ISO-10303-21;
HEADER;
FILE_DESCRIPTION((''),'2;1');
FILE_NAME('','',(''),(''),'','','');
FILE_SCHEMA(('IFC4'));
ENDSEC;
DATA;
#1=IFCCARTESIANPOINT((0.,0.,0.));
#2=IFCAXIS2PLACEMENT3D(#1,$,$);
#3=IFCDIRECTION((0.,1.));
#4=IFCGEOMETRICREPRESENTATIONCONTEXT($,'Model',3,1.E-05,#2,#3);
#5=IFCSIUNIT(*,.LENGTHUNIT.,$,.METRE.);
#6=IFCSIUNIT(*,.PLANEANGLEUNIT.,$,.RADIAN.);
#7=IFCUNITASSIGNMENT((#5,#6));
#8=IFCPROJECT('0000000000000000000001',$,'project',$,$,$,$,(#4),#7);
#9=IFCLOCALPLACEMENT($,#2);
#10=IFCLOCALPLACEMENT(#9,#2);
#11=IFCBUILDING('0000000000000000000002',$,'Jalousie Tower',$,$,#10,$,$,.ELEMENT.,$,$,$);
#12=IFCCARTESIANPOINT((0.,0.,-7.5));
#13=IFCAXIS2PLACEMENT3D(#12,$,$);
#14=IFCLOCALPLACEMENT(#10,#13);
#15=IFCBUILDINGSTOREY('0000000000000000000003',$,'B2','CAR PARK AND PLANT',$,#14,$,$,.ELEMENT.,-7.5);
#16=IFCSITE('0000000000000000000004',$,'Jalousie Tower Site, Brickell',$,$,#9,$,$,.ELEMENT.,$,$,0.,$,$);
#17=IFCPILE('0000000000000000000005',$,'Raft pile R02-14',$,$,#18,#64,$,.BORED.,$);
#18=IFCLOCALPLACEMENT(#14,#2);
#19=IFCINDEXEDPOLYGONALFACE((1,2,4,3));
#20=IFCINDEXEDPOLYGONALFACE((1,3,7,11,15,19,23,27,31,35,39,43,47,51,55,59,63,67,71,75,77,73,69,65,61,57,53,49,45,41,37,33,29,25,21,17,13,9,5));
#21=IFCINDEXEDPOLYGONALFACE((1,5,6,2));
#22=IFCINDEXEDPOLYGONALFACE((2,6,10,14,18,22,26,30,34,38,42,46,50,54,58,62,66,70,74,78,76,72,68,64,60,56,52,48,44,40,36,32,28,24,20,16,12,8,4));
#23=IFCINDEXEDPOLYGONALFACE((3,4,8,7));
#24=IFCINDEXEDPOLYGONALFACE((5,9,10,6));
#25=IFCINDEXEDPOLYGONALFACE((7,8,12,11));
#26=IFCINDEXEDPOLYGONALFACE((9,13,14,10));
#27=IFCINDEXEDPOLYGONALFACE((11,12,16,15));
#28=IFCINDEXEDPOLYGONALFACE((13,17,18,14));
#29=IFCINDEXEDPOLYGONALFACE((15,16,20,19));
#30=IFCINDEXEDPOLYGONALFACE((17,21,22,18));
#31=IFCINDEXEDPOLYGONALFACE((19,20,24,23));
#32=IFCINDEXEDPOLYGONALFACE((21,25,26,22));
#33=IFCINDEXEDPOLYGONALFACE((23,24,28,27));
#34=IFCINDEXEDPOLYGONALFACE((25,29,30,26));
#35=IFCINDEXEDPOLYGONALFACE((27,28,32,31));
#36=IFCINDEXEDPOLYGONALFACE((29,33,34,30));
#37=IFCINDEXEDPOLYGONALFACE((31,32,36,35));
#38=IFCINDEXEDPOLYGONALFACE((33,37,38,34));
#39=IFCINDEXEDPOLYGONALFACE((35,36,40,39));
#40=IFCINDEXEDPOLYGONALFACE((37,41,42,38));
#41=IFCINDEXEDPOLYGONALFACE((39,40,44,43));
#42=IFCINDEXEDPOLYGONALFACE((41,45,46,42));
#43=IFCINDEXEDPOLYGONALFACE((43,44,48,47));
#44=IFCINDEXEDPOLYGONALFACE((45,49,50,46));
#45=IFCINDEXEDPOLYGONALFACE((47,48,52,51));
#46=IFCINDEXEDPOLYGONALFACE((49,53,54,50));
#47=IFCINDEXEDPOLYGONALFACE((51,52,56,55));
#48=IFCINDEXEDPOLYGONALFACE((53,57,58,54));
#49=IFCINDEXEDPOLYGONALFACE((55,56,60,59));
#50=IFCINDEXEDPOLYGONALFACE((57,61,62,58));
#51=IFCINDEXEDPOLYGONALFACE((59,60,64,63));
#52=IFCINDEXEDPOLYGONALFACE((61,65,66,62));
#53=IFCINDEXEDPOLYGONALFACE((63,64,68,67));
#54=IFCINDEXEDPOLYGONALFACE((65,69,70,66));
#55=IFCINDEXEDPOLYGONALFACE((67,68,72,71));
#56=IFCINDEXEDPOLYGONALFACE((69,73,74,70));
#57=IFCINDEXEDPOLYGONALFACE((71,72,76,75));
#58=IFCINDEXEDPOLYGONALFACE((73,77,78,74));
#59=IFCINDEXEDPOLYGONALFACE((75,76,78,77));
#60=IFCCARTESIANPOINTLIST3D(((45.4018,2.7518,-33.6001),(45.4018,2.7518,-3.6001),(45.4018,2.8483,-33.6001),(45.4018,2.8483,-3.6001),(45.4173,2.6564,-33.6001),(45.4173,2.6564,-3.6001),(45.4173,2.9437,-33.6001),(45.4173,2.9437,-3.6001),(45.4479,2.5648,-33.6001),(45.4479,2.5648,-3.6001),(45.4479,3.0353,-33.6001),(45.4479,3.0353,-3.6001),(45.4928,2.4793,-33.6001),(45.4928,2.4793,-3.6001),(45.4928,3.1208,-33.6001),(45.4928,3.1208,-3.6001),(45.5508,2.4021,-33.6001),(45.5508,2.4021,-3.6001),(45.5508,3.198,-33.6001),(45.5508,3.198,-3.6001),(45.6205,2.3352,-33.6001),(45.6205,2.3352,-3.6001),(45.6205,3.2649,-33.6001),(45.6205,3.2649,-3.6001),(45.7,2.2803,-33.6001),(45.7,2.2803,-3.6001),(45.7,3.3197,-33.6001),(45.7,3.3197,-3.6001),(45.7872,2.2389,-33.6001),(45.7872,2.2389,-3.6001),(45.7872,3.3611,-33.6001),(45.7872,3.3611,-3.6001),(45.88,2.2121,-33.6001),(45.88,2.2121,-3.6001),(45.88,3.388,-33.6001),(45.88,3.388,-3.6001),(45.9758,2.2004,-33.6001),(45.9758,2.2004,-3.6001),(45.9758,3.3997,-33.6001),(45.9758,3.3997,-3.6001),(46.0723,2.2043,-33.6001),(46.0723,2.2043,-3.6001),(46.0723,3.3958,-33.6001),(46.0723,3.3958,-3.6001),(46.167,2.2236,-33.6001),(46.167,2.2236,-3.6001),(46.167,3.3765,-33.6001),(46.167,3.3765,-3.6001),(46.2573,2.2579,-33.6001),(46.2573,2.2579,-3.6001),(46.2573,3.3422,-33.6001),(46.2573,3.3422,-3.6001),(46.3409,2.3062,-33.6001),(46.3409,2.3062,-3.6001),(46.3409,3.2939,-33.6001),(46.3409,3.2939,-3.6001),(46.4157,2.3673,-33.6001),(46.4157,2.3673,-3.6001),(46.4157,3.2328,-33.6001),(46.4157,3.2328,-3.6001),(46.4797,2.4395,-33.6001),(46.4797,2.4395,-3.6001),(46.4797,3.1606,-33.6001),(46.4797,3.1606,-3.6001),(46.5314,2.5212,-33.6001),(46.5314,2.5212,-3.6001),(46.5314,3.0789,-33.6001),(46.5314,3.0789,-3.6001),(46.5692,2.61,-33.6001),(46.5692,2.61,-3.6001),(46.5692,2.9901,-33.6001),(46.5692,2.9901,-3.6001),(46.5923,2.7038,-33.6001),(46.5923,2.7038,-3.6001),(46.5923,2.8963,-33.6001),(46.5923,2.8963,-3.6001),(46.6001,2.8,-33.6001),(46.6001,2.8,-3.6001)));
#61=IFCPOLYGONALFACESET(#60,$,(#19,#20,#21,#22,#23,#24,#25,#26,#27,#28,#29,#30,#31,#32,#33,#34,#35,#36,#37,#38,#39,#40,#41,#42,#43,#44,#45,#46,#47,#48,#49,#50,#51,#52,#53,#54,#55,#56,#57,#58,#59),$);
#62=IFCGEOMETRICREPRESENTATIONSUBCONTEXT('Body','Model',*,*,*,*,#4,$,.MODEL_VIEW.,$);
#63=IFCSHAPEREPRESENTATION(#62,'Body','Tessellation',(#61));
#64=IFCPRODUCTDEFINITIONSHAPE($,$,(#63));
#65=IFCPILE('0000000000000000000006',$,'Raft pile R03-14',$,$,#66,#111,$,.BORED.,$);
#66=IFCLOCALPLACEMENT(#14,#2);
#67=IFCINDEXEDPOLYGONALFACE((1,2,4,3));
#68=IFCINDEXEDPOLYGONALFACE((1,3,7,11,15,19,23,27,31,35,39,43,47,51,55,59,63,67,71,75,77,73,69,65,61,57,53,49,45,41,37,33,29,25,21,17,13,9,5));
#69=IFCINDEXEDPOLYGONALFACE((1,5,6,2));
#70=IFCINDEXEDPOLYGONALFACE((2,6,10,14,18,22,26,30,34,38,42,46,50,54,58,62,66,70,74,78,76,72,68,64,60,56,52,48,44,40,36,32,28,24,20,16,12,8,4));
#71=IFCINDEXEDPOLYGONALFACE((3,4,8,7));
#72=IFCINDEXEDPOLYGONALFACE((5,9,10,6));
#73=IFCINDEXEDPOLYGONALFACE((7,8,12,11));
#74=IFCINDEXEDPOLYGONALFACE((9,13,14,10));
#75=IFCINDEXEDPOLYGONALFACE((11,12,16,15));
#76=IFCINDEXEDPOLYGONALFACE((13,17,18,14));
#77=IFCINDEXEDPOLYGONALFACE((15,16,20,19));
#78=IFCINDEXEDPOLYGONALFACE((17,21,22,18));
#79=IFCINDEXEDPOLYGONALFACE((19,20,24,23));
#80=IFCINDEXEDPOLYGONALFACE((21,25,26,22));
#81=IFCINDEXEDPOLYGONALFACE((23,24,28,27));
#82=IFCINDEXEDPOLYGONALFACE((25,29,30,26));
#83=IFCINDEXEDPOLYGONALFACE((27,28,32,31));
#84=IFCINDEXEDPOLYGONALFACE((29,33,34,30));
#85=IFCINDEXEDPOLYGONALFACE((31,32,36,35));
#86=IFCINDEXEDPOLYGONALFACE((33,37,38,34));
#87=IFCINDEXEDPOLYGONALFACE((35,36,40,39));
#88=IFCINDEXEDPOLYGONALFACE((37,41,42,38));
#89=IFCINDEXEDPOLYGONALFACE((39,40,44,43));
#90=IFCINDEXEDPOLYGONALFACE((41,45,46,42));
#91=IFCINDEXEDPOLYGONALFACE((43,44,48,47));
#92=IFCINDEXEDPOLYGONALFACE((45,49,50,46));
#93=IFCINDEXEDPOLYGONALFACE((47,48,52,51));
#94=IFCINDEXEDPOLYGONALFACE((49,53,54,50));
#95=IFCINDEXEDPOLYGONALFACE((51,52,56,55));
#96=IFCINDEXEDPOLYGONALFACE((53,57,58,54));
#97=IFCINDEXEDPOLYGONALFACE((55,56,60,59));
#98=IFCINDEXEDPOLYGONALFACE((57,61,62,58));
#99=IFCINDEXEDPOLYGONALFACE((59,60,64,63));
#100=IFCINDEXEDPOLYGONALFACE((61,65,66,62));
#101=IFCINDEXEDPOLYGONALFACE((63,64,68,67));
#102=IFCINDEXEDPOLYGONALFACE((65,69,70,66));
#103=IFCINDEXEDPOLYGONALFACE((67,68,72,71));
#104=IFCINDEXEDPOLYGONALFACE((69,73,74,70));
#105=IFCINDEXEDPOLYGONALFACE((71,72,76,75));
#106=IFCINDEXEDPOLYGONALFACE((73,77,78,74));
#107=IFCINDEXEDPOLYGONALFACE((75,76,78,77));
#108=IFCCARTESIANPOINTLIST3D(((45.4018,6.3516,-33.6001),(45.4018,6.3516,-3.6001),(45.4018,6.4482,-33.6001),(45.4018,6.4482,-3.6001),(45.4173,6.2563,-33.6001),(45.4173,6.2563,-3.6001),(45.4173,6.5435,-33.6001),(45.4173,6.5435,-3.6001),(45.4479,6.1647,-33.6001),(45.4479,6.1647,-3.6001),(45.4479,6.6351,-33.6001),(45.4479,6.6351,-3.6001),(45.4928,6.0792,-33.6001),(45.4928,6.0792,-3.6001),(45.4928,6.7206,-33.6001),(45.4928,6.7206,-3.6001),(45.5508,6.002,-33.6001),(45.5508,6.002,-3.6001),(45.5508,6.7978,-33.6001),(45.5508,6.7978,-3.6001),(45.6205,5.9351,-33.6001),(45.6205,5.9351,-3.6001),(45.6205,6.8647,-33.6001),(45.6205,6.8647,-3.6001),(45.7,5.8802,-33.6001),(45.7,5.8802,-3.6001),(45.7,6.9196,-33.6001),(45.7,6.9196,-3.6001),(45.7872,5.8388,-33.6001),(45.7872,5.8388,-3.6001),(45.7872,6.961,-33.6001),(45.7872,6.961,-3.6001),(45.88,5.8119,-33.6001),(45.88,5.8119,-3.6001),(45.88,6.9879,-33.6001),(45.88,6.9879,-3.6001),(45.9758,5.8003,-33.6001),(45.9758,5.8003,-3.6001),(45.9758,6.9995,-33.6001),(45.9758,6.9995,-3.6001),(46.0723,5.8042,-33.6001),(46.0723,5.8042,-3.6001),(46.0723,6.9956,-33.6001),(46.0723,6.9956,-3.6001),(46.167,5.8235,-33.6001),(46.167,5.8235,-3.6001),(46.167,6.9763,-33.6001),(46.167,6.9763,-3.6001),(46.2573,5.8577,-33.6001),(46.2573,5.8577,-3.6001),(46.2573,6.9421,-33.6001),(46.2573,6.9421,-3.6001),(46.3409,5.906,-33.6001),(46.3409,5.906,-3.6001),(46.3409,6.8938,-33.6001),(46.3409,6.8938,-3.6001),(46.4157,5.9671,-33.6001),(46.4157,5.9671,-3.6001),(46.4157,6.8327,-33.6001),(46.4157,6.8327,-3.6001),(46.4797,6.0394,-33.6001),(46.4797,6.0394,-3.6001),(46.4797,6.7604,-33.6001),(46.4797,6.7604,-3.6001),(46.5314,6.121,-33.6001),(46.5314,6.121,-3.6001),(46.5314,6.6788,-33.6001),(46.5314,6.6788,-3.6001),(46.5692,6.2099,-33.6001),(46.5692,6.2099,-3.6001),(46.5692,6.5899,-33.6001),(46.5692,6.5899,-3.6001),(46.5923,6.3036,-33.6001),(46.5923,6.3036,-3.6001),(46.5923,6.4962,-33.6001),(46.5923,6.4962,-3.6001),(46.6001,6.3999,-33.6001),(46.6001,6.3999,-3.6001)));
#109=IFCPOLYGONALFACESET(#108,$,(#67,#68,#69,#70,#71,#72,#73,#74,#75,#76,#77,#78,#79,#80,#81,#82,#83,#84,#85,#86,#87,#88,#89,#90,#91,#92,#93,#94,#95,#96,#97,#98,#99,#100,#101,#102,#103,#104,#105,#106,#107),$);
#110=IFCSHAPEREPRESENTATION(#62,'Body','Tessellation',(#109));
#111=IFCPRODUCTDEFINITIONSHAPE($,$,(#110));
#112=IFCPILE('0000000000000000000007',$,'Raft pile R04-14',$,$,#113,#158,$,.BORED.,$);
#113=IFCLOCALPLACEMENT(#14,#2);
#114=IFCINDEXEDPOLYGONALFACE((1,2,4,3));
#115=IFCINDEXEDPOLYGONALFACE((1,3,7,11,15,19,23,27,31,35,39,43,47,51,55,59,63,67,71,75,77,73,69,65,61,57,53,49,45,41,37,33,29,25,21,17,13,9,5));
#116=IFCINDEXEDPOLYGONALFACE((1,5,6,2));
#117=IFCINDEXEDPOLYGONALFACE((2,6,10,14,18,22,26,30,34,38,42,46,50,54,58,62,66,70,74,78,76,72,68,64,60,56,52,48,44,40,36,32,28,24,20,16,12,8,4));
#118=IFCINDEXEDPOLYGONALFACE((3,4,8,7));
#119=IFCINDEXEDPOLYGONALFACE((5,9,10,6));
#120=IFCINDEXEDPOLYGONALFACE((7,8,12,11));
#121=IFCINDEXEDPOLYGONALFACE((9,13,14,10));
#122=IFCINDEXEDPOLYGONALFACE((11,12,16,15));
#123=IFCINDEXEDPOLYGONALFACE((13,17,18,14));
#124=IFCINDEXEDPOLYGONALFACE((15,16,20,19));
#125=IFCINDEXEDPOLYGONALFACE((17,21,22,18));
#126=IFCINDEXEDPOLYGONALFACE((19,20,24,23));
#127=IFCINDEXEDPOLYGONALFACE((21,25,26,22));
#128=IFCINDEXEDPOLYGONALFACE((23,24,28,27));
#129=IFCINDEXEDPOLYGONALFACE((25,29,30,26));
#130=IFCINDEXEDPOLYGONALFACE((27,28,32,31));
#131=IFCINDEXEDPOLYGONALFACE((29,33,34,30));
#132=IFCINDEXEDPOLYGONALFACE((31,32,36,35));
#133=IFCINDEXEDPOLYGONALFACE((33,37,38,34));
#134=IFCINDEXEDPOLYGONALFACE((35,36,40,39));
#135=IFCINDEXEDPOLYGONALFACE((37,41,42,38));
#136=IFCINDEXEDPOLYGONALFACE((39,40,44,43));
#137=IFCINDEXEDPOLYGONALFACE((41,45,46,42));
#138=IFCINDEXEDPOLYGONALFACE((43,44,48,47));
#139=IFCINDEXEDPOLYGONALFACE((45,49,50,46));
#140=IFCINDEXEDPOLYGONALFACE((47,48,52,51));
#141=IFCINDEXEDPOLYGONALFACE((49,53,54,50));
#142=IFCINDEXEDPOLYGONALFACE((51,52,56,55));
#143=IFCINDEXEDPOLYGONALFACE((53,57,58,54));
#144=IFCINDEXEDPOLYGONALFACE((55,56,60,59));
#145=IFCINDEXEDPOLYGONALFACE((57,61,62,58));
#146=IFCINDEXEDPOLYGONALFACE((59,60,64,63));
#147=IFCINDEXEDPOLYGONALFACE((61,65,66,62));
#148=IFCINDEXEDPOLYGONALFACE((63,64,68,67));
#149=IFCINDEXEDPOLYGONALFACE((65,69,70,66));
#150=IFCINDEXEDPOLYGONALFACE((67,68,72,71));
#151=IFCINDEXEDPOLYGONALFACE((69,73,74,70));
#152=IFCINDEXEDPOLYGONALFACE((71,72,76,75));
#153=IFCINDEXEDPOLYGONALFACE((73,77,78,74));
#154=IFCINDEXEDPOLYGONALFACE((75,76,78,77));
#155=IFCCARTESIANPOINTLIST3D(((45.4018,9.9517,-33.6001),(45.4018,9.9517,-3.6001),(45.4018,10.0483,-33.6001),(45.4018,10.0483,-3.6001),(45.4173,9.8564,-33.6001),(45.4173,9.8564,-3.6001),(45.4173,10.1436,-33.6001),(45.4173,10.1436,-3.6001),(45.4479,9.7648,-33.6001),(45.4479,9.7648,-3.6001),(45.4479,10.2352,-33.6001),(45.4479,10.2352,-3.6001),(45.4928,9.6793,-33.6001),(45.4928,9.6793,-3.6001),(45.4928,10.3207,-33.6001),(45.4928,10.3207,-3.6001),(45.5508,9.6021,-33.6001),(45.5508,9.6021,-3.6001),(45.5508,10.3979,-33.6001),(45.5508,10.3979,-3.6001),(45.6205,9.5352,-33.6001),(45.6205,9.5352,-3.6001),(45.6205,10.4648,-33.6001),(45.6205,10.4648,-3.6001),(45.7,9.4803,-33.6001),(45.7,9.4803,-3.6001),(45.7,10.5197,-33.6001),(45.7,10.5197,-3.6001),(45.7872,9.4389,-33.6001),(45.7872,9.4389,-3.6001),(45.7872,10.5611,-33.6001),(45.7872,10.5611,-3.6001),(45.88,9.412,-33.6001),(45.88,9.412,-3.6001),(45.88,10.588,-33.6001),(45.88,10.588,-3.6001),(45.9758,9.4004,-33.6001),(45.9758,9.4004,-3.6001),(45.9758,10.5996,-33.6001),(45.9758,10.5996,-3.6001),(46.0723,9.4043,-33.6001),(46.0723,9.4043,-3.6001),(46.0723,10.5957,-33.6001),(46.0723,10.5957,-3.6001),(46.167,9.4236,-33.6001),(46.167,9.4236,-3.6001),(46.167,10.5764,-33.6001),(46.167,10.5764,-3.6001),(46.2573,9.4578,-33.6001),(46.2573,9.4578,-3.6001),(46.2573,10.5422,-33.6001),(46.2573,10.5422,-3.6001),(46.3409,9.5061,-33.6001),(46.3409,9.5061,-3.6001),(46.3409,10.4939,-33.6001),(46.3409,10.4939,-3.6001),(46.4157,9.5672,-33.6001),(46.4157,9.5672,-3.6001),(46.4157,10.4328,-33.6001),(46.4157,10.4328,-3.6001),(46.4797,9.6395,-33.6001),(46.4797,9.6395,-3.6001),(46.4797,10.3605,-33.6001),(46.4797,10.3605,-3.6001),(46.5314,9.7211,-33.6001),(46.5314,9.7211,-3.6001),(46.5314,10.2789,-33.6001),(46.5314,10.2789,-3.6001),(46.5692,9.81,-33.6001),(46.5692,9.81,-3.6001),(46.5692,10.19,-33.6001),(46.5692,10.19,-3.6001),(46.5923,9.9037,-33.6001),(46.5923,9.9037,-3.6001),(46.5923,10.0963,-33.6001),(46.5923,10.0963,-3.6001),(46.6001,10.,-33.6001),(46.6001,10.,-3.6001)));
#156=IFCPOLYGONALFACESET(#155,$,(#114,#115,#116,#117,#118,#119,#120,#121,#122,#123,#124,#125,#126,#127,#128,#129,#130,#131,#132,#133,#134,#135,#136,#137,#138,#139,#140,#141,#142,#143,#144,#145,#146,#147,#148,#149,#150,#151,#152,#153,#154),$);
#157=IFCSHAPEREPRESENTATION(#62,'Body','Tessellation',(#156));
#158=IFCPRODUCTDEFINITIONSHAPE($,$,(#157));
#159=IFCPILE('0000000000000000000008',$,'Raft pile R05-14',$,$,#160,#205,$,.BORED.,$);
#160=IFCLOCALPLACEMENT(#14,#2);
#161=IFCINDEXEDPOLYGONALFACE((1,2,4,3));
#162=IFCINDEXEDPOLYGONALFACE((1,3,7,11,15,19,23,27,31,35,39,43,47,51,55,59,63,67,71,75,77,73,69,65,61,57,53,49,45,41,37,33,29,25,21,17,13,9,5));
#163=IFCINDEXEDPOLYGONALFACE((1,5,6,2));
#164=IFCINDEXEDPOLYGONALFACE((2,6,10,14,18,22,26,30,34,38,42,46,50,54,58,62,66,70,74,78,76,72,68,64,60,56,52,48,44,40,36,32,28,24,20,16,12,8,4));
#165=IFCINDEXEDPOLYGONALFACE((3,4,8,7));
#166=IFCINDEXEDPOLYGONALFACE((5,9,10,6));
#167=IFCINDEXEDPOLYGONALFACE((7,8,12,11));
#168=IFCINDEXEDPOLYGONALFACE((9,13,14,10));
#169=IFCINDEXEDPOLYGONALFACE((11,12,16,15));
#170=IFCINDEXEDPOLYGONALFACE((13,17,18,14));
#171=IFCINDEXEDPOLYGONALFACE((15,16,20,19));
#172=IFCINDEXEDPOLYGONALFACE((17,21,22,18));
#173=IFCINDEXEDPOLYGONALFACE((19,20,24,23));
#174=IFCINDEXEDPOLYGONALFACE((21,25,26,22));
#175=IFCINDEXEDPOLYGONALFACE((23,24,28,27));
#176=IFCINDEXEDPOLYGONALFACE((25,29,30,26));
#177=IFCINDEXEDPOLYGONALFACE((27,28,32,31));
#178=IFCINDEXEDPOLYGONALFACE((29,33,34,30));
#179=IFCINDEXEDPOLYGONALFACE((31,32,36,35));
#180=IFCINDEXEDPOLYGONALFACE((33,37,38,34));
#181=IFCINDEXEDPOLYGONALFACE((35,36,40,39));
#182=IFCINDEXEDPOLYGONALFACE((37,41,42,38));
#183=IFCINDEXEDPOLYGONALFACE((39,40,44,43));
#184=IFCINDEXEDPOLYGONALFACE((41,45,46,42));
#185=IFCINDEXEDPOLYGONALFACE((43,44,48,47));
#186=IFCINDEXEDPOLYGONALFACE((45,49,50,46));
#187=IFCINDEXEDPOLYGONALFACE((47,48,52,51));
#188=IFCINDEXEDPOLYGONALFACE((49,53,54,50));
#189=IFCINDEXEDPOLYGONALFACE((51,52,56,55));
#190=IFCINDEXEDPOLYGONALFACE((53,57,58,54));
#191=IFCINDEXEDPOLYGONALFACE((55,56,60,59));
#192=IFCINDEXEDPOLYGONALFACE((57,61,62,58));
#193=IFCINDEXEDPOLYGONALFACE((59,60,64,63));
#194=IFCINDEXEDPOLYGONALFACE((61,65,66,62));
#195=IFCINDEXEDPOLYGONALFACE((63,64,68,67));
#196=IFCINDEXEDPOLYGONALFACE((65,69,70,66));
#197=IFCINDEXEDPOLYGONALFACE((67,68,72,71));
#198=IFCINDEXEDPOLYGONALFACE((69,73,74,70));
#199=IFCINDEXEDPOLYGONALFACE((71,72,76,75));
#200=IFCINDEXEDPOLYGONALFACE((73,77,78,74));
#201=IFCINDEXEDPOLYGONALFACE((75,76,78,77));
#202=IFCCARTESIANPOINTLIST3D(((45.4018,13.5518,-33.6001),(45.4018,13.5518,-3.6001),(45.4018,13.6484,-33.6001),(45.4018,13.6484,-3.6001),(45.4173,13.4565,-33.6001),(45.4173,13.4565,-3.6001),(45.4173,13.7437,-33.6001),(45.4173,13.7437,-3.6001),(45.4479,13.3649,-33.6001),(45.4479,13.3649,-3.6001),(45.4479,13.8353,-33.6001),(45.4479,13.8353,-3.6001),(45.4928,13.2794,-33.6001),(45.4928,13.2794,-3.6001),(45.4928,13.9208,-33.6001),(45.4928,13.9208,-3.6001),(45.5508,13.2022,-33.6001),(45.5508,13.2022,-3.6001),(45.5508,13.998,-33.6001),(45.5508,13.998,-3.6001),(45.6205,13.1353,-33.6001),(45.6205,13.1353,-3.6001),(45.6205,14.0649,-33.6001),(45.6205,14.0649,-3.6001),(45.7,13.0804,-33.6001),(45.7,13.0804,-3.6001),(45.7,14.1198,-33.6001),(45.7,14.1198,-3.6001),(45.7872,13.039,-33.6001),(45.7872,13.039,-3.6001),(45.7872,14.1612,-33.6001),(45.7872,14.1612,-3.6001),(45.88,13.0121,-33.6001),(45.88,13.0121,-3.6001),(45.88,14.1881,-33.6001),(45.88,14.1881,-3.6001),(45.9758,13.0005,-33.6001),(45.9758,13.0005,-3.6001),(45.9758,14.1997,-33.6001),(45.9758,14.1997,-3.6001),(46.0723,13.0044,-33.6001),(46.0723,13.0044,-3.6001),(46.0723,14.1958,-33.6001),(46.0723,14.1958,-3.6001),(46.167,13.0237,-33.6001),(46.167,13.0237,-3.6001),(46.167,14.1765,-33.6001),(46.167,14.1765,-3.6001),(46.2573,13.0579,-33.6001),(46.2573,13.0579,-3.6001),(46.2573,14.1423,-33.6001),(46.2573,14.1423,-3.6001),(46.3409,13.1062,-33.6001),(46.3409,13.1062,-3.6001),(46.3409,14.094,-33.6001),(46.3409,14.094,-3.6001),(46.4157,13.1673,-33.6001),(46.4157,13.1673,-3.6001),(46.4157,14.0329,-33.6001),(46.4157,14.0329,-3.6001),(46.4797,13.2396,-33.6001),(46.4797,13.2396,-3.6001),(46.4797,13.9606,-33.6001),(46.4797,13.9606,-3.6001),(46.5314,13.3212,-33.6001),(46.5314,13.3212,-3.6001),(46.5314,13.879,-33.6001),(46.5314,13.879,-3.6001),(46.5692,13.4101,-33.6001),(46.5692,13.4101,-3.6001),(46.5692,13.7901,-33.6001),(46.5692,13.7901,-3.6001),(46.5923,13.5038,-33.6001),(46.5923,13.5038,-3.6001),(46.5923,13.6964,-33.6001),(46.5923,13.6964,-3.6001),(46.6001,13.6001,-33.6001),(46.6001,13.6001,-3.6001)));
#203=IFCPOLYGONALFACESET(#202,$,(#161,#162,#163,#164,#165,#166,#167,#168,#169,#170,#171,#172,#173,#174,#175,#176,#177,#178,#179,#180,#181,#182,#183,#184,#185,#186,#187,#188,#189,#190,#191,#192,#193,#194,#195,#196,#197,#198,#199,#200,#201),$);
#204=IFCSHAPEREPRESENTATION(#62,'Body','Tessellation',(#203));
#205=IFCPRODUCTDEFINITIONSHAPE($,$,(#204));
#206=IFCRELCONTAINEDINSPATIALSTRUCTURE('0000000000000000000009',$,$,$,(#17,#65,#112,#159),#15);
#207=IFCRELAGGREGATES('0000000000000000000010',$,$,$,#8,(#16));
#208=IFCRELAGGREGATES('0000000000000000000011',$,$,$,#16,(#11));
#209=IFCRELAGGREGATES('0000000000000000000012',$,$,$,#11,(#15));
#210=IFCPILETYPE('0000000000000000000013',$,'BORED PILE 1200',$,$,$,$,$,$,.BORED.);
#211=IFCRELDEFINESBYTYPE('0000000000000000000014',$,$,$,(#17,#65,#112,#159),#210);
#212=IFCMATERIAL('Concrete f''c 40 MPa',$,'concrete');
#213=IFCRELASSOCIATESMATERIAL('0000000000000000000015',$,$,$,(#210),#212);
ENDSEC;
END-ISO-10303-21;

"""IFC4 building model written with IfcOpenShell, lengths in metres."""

from ifc_helpers import new_model, si_unit, direction, frame, origin, origin_2d, place, context, subcontext, project, spatial, circle, extrude, material, material_profile, profile_set, type_object, element, save


model = new_model("IFC4")

# Units and contexts
model_context = context("Model", 3, precision=1e-05, world=origin(), true_north=direction((0.0, 1.0)))
body_context = subcontext(model_context, "Body", "Model", "MODEL_VIEW")
ifc_project = project(units=[si_unit("LENGTHUNIT", "METRE"), si_unit("PLANEANGLEUNIT", "RADIAN")], contexts=[model_context])

# Site, building, storey
site_placement = place(None, origin())
site = spatial("IfcSite", under=ifc_project, at=site_placement, Name="Jalousie Tower Site, Brickell", CompositionType="ELEMENT", RefElevation=0.0)
building_placement = place(site_placement, origin())
building = spatial("IfcBuilding", under=site, at=building_placement, Name="Jalousie Tower", CompositionType="ELEMENT")
storey_placement = place(building_placement, frame((0.0, 0.0, -7.5)))
storey = spatial("IfcBuildingStorey", under=building, at=storey_placement, Name="B2", Description="CAR PARK AND PLANT", CompositionType="ELEMENT", Elevation=-7.5)

# Piles
ifc_material_1 = material(Name="Concrete f'c 40 MPa", Category="concrete")
ifc_material_profile_1 = material_profile(ifc_material_1, circle(Radius=0.6001, at=origin_2d()), Name="BORED PILE D1200")
ifc_profile_set_1 = profile_set([ifc_material_profile_1], Name="Concrete f'c 40 MPa")
pile_type_1 = type_object("IfcPileType", Name="BORED PILE 1200", PredefinedType="BORED", material=ifc_profile_set_1)
for number, where, z_axis, x_axis, name in (
    (1, (46.0, 2.8, -3.6001), (0.0, 0.0, -1.0), (1.0, 0.0, 0.0), "Raft pile R02-14"),
    (2, (46.0, 6.3999, -3.6001), (0.0, 0.0, -1.0), (1.0, 0.0, 0.0), "Raft pile R03-14"),
    (3, (46.0, 10.0, -3.6001), (0.0, 0.0, -1.0), (1.0, 0.0, 0.0), "Raft pile R04-14"),
    (4, (46.0, 13.6001, -3.6001), (0.0, 0.0, -1.0), (1.0, 0.0, 0.0), "Raft pile R05-14"),
):
    element("IfcPile", number, at=place(storey_placement, frame(where, z_axis=z_axis, x_axis=x_axis)), inside=storey, type_object=pile_type_1, Name=name, PredefinedType="BORED", context=body_context, shape_type="SweptSolid", body=[
        extrude(circle(Radius=0.6001, at=origin_2d()), origin(), (0.0, 0.0, 1.0), 30.0),
    ])

save(model, "model.ifc")
